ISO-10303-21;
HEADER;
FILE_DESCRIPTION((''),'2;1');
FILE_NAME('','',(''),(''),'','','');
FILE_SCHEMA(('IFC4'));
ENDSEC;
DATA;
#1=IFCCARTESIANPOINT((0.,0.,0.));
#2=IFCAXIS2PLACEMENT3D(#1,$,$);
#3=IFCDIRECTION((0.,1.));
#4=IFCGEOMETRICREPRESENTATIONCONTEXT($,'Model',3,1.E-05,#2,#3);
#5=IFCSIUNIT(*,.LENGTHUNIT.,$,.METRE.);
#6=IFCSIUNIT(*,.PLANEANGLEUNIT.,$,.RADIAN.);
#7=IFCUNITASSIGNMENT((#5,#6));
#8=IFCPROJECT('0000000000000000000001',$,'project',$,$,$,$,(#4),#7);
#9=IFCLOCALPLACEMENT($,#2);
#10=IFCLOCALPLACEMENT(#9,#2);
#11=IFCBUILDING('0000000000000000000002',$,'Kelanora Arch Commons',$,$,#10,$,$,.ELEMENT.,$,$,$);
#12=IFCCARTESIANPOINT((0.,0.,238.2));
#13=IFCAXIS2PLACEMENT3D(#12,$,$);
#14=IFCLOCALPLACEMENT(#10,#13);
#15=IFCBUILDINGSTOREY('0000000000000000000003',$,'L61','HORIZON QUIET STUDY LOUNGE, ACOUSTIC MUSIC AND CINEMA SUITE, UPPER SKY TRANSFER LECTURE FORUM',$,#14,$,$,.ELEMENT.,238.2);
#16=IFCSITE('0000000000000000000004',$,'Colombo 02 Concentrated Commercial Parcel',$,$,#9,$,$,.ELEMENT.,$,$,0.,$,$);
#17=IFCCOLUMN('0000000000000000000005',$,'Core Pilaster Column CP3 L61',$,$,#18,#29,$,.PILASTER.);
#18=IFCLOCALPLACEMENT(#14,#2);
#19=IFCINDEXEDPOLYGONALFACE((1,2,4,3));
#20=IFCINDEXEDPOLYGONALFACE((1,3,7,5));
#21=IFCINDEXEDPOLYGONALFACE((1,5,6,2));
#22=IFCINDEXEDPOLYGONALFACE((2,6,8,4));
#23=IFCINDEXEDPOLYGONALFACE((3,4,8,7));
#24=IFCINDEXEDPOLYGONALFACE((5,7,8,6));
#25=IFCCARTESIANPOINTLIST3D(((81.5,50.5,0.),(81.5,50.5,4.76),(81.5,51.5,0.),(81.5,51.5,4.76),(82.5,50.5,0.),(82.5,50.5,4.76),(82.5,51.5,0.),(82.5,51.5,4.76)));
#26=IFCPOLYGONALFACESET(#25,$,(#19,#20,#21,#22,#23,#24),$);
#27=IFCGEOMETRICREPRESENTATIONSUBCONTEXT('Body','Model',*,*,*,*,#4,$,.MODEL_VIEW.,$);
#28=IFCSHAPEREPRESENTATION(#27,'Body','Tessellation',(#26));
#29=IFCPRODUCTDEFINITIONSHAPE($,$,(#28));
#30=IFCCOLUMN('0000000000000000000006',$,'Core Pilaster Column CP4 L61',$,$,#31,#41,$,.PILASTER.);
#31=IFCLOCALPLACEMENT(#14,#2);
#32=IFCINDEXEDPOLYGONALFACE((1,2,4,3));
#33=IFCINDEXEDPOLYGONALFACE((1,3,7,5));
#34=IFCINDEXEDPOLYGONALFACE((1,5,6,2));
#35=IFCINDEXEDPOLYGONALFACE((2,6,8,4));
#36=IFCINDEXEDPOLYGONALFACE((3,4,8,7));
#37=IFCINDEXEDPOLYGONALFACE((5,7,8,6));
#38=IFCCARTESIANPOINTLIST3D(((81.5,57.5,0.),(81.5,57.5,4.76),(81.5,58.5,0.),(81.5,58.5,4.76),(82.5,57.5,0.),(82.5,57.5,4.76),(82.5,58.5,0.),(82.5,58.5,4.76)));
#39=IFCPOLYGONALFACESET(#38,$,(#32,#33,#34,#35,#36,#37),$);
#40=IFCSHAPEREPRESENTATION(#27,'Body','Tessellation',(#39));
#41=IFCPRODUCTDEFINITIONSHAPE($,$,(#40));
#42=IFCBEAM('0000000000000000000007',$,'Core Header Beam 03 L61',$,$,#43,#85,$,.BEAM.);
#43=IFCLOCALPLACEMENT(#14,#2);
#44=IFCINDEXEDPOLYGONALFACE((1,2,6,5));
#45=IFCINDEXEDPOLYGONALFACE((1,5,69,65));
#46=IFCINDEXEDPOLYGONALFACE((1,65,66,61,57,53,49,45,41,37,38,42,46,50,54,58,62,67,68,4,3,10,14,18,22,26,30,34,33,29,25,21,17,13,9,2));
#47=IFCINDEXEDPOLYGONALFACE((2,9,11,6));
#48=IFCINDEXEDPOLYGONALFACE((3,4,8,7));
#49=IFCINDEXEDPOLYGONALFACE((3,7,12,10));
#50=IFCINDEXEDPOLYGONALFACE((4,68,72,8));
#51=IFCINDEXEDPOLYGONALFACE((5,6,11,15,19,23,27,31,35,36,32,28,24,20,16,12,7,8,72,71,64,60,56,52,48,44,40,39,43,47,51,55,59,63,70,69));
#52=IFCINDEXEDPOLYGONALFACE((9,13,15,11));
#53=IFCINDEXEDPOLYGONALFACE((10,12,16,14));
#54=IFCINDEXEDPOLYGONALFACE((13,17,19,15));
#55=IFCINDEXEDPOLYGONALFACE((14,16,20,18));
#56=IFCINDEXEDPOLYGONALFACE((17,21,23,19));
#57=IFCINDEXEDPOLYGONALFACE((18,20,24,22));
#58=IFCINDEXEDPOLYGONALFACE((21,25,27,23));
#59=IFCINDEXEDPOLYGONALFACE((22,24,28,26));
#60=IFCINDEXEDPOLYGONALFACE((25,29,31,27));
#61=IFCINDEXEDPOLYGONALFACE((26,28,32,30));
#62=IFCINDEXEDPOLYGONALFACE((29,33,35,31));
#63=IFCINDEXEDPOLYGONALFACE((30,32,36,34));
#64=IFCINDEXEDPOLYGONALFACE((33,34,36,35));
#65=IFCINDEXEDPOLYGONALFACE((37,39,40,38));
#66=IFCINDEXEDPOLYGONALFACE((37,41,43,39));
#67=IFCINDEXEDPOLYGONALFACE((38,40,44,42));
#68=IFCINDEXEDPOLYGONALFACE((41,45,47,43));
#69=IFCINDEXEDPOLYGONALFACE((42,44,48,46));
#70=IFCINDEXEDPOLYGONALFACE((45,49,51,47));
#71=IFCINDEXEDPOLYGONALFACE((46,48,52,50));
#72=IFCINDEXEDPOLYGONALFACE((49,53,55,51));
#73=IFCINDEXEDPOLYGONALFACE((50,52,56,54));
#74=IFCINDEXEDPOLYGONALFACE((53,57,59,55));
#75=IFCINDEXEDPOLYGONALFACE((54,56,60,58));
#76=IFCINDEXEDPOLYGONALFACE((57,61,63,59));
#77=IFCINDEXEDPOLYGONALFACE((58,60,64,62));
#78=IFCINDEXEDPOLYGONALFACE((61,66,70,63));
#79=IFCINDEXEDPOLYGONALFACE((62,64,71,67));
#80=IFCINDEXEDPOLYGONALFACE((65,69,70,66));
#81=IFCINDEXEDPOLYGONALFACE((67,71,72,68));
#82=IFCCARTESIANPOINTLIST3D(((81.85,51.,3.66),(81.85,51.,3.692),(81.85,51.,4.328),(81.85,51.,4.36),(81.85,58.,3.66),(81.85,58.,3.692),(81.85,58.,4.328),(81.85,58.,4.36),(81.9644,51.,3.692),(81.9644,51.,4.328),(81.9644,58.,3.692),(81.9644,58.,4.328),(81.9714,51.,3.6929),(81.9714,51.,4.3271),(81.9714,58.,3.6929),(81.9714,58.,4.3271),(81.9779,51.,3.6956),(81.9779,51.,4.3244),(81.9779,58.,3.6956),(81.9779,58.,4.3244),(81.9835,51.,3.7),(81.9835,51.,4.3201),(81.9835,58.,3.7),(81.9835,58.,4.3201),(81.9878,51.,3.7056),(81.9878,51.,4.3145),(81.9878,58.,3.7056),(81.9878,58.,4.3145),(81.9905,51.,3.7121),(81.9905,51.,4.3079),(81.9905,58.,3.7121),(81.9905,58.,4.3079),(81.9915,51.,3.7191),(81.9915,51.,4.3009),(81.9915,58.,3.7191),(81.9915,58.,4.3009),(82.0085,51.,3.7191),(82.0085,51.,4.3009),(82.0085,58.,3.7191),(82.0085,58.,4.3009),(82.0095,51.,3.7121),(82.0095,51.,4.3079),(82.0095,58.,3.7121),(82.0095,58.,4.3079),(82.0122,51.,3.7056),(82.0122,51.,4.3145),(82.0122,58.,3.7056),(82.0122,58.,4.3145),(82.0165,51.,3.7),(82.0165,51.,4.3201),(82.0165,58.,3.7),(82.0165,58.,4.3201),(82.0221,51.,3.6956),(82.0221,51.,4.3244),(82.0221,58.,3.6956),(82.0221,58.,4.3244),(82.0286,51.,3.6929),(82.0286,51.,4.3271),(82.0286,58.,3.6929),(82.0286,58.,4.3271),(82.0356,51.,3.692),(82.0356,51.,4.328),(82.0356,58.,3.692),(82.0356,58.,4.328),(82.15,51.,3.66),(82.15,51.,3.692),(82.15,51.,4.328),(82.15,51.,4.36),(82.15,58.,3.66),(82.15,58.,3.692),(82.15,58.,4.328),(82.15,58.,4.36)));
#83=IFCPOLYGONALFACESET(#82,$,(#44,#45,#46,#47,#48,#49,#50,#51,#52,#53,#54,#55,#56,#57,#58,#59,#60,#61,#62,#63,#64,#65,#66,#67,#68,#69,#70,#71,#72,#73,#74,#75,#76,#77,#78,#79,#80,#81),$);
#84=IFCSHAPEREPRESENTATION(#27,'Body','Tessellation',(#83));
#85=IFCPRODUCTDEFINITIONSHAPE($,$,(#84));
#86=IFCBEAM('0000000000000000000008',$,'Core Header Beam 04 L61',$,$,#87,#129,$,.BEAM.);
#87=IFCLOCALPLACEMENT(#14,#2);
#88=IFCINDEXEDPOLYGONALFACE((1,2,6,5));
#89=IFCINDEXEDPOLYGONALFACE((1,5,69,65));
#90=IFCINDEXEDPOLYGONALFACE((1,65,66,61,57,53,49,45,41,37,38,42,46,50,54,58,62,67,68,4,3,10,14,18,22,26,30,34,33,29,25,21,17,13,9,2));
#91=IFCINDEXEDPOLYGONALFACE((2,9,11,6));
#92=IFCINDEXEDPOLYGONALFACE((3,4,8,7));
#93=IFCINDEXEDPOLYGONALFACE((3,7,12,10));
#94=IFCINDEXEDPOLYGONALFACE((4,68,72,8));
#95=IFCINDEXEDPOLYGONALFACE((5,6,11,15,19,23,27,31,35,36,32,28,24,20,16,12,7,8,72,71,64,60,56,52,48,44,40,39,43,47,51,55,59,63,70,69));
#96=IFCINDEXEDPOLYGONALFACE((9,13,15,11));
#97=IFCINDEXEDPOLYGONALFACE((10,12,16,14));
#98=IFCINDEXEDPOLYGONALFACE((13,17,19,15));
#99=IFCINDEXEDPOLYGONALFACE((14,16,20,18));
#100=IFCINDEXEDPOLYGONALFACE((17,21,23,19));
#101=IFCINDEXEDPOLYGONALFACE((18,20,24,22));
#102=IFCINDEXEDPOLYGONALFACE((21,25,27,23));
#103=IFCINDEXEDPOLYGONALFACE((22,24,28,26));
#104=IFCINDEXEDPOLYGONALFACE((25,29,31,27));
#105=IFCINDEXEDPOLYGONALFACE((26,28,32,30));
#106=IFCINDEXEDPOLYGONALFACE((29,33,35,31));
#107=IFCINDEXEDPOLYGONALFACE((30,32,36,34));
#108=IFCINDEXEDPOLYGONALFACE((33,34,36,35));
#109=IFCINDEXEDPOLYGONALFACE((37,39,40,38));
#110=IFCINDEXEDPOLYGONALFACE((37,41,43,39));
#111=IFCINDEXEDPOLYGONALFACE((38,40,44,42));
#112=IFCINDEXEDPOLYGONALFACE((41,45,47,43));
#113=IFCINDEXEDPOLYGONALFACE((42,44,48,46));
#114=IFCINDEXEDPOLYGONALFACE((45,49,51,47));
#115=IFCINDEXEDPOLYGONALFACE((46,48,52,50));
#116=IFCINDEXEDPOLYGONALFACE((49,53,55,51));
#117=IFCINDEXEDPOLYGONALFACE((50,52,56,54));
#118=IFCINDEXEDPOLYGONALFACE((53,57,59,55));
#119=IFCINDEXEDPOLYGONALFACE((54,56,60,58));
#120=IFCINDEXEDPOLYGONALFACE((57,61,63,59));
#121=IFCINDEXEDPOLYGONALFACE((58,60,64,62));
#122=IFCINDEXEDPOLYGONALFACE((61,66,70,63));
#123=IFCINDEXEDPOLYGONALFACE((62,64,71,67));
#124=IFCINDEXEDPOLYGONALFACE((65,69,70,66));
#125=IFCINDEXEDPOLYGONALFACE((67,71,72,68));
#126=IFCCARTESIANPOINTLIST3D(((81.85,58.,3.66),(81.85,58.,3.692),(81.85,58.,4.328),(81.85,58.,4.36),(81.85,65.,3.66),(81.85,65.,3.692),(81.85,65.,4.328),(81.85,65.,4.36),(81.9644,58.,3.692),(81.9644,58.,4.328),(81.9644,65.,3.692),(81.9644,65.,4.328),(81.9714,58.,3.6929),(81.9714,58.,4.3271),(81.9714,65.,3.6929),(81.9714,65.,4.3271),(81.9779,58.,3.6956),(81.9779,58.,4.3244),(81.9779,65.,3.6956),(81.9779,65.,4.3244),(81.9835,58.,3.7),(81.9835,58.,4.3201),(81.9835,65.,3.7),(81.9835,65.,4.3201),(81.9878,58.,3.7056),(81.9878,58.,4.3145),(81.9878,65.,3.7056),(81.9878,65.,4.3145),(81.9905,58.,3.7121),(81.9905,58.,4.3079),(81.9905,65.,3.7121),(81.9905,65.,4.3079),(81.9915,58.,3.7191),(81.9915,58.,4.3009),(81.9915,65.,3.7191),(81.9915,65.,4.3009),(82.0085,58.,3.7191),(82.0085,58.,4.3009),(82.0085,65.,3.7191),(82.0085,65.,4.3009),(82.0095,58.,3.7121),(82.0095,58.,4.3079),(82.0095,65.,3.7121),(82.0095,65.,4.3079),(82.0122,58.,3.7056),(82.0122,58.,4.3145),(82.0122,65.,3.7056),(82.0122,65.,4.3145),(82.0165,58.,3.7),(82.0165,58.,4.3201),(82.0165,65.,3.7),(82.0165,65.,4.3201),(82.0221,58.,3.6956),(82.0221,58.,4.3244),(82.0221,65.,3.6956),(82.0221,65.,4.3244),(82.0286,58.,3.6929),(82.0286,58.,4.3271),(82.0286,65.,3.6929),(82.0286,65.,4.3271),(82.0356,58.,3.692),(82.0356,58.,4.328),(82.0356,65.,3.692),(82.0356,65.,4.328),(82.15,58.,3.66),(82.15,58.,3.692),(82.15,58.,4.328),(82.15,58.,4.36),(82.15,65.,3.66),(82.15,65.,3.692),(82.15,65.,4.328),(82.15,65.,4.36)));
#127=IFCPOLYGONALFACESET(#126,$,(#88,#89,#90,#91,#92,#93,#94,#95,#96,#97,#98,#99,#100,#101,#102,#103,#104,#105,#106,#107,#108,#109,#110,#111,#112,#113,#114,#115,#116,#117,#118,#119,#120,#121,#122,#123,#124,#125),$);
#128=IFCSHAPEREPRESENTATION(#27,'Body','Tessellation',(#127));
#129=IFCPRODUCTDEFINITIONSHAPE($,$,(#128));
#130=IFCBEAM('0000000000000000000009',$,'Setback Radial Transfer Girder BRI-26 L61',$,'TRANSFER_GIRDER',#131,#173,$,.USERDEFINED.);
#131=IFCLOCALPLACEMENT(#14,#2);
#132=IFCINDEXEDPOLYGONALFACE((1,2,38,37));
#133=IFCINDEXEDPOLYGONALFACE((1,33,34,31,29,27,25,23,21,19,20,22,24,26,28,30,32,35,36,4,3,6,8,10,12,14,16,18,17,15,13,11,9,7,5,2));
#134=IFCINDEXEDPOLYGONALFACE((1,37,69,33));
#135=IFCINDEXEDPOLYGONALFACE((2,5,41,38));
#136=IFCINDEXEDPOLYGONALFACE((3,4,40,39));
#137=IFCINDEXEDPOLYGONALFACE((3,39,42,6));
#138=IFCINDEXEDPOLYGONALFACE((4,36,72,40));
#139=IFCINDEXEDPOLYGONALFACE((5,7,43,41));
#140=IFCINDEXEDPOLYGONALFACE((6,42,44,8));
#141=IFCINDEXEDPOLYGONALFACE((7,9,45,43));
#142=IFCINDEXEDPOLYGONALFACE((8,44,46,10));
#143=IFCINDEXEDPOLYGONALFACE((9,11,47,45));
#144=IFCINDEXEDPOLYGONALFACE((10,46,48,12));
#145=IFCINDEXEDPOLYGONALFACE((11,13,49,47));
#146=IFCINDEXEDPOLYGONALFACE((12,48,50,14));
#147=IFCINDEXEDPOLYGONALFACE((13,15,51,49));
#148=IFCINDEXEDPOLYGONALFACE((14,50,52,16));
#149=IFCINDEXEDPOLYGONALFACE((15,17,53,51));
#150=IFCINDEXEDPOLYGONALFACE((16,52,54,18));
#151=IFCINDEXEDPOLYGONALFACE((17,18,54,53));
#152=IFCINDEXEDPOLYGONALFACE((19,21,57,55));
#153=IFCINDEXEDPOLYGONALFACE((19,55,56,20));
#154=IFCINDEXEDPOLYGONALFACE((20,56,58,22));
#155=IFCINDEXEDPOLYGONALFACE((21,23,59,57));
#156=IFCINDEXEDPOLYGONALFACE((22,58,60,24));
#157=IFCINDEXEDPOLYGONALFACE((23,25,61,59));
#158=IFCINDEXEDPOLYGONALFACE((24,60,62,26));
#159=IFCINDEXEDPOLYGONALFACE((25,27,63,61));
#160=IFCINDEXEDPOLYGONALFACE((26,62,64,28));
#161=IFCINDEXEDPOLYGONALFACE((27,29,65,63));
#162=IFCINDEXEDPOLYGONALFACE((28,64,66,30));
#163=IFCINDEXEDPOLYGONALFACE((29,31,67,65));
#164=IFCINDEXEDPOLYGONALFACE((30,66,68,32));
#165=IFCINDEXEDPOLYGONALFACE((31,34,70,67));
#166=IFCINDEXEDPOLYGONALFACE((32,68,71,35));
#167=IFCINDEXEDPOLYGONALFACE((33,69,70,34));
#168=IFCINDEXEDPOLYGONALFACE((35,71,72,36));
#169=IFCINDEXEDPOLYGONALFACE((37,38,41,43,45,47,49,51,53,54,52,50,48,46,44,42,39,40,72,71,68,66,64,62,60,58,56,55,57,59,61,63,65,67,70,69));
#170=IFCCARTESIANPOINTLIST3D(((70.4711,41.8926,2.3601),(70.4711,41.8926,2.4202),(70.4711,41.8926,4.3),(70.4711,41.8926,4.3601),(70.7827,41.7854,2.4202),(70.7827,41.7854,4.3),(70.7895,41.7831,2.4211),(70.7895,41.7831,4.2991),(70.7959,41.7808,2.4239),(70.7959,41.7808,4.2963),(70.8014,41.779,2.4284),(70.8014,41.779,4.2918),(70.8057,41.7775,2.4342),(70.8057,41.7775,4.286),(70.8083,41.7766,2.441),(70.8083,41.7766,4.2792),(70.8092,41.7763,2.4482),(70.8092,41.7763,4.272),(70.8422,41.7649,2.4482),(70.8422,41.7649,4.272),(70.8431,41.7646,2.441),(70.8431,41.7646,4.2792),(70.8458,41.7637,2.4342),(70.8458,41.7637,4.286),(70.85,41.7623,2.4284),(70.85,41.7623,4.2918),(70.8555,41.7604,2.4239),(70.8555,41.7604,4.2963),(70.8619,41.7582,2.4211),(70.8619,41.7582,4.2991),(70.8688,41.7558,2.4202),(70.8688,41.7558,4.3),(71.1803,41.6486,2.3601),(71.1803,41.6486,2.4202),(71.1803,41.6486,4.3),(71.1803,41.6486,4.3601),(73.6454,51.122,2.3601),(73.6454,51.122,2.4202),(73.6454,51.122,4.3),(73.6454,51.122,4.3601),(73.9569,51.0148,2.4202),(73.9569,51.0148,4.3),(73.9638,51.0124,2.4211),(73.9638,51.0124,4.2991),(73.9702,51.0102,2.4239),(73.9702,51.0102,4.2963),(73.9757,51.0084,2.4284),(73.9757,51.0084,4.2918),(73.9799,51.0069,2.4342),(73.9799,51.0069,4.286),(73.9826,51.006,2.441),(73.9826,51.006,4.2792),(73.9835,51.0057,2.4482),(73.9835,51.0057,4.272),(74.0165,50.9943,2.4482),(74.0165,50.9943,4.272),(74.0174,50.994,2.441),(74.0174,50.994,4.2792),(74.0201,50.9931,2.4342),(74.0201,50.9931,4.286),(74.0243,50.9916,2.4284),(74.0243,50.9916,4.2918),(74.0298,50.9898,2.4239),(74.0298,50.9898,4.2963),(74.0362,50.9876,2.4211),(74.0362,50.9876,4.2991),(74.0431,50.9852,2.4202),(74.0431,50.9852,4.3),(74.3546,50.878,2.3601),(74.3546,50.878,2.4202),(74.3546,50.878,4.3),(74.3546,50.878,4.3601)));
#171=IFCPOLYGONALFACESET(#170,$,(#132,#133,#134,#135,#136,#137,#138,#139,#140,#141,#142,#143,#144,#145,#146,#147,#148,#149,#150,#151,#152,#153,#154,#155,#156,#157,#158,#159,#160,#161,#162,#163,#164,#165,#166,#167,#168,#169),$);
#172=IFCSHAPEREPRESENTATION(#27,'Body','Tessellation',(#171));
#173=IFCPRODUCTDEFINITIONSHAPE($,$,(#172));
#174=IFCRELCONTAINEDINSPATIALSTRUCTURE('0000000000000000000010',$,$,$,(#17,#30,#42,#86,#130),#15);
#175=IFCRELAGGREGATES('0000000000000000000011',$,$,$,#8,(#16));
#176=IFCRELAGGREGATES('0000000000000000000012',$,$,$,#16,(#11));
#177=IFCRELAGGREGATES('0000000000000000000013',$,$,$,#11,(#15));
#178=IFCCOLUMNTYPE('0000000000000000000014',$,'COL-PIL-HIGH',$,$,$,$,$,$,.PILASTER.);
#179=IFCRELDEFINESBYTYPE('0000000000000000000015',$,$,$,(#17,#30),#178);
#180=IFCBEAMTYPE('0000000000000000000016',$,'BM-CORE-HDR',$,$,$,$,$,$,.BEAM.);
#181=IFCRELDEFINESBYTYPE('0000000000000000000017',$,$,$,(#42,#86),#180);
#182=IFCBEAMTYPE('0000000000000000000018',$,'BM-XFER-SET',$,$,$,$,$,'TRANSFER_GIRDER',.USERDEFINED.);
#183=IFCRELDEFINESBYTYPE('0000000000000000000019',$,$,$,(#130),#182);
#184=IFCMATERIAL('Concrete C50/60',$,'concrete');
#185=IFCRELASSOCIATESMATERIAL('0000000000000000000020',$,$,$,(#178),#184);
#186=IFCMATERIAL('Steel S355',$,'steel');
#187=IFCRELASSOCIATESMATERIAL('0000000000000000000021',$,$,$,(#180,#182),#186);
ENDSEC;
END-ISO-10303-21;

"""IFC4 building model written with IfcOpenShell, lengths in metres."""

from ifc_helpers import new_model, si_unit, direction, frame, origin, origin_2d, place, context, subcontext, project, spatial, rectangle, i_section, extrude, material, material_profile, profile_set, type_object, element, save


model = new_model("IFC4")

# Units and contexts
model_context = context("Model", 3, precision=1e-05, world=origin(), true_north=direction((0.0, 1.0)))
body_context = subcontext(model_context, "Body", "Model", "MODEL_VIEW")
ifc_project = project(units=[si_unit("LENGTHUNIT", "METRE"), si_unit("PLANEANGLEUNIT", "RADIAN")], contexts=[model_context])

# Site, building, storey
site_placement = place(None, origin())
site = spatial("IfcSite", under=ifc_project, at=site_placement, Name="Colombo 02 Concentrated Commercial Parcel", CompositionType="ELEMENT", RefElevation=0.0)
building_placement = place(site_placement, origin())
building = spatial("IfcBuilding", under=site, at=building_placement, Name="Kelanora Arch Commons", CompositionType="ELEMENT")
storey_placement = place(building_placement, frame((0.0, 0.0, 238.2)))
storey = spatial("IfcBuildingStorey", under=building, at=storey_placement, Name="L61", Description="HORIZON QUIET STUDY LOUNGE, ACOUSTIC MUSIC AND CINEMA SUITE, UPPER SKY TRANSFER LECTURE FORUM", CompositionType="ELEMENT", Elevation=238.2)

# Columns
ifc_material_1 = material(Name="Concrete C50/60", Category="concrete")
ifc_material_profile_1 = material_profile(ifc_material_1, rectangle(XDim=1.0, YDim=1.0, at=origin_2d()), Name="RC1000x1000")
ifc_profile_set_1 = profile_set([ifc_material_profile_1], Name="Concrete C50/60")
column_type = type_object("IfcColumnType", Name="COL-PIL-HIGH", PredefinedType="PILASTER", material=ifc_profile_set_1)
for number, where, z_axis, x_axis, name in (
    (1, (82.0, 51.0, 0.0), (0.0, 0.0, 1.0), (1.0, 0.0, 0.0), "Core Pilaster Column CP3 L61"),
    (2, (82.0, 58.0, 0.0), (0.0, 0.0, 1.0), (1.0, 0.0, 0.0), "Core Pilaster Column CP4 L61"),
):
    element("IfcColumn", number, at=place(storey_placement, frame(where, z_axis=z_axis, x_axis=x_axis)), inside=storey, type_object=column_type, Name=name, PredefinedType="PILASTER", context=body_context, shape_type="SweptSolid", body=[
        extrude(rectangle(XDim=1.0, YDim=1.0, at=origin_2d()), origin(), (0.0, 0.0, 1.0), 4.76),
    ])

# Beams
ifc_material_2 = material(Name="Steel S355", Category="steel")
ifc_material_profile_2 = material_profile(ifc_material_2, i_section(OverallWidth=0.3, OverallDepth=0.7, WebThickness=0.0171, FlangeThickness=0.032, FilletRadius=0.0271, at=origin_2d()), Name="HEB700")
ifc_profile_set_2 = profile_set([ifc_material_profile_2], Name="Steel S355")
beam_type_1 = type_object("IfcBeamType", Name="BM-CORE-HDR", PredefinedType="BEAM", material=ifc_profile_set_2)
for number, where, z_axis, x_axis, name in (
    (3, (82.0, 51.0, 4.01), (0.0, 1.0, 0.0), (-1.0, 0.0, 0.0), "Core Header Beam 03 L61"),
    (4, (82.0, 58.0, 4.01), (0.0, 1.0, 0.0), (-1.0, 0.0, 0.0), "Core Header Beam 04 L61"),
):
    element("IfcBeam", number, at=place(storey_placement, frame(where, z_axis=z_axis, x_axis=x_axis)), inside=storey, type_object=beam_type_1, Name=name, PredefinedType="BEAM", context=body_context, shape_type="SweptSolid", body=[
        extrude(i_section(OverallWidth=0.3, OverallDepth=0.7, WebThickness=0.0171, FlangeThickness=0.032, FilletRadius=0.0271, at=origin_2d()), origin(), (0.0, 0.0, 1.0), 7.0),
    ])
ifc_material_profile_3 = material_profile(ifc_material_2, i_section(OverallWidth=0.75, OverallDepth=2.0, WebThickness=0.0349, FlangeThickness=0.0601, FilletRadius=0.0281, at=origin_2d()), Name="PG2000x750")
ifc_profile_set_3 = profile_set([ifc_material_profile_3], Name="Steel S355")
beam_type_2 = type_object("IfcBeamType", Name="BM-XFER-SET", ElementType="TRANSFER_GIRDER", PredefinedType="USERDEFINED", material=ifc_profile_set_3)
for number, where, z_axis, x_axis, name in (
    (5, (74.0, 51.0, 3.3601), (-0.325234, -0.945634, 0.0), (0.945634, -0.325234, 0.0), "Setback Radial Transfer Girder BRI-26 L61"),
):
    element("IfcBeam", number, at=place(storey_placement, frame(where, z_axis=z_axis, x_axis=x_axis)), inside=storey, type_object=beam_type_2, Name=name, ObjectType="TRANSFER_GIRDER", PredefinedType="USERDEFINED", context=body_context, shape_type="SweptSolid", body=[
        extrude(i_section(OverallWidth=0.75, OverallDepth=2.0, WebThickness=0.0349, FlangeThickness=0.0601, FilletRadius=0.0281, at=origin_2d()), origin(), (0.0, 0.0, 1.0), 9.76),
    ])

save(model, "model.ifc")
